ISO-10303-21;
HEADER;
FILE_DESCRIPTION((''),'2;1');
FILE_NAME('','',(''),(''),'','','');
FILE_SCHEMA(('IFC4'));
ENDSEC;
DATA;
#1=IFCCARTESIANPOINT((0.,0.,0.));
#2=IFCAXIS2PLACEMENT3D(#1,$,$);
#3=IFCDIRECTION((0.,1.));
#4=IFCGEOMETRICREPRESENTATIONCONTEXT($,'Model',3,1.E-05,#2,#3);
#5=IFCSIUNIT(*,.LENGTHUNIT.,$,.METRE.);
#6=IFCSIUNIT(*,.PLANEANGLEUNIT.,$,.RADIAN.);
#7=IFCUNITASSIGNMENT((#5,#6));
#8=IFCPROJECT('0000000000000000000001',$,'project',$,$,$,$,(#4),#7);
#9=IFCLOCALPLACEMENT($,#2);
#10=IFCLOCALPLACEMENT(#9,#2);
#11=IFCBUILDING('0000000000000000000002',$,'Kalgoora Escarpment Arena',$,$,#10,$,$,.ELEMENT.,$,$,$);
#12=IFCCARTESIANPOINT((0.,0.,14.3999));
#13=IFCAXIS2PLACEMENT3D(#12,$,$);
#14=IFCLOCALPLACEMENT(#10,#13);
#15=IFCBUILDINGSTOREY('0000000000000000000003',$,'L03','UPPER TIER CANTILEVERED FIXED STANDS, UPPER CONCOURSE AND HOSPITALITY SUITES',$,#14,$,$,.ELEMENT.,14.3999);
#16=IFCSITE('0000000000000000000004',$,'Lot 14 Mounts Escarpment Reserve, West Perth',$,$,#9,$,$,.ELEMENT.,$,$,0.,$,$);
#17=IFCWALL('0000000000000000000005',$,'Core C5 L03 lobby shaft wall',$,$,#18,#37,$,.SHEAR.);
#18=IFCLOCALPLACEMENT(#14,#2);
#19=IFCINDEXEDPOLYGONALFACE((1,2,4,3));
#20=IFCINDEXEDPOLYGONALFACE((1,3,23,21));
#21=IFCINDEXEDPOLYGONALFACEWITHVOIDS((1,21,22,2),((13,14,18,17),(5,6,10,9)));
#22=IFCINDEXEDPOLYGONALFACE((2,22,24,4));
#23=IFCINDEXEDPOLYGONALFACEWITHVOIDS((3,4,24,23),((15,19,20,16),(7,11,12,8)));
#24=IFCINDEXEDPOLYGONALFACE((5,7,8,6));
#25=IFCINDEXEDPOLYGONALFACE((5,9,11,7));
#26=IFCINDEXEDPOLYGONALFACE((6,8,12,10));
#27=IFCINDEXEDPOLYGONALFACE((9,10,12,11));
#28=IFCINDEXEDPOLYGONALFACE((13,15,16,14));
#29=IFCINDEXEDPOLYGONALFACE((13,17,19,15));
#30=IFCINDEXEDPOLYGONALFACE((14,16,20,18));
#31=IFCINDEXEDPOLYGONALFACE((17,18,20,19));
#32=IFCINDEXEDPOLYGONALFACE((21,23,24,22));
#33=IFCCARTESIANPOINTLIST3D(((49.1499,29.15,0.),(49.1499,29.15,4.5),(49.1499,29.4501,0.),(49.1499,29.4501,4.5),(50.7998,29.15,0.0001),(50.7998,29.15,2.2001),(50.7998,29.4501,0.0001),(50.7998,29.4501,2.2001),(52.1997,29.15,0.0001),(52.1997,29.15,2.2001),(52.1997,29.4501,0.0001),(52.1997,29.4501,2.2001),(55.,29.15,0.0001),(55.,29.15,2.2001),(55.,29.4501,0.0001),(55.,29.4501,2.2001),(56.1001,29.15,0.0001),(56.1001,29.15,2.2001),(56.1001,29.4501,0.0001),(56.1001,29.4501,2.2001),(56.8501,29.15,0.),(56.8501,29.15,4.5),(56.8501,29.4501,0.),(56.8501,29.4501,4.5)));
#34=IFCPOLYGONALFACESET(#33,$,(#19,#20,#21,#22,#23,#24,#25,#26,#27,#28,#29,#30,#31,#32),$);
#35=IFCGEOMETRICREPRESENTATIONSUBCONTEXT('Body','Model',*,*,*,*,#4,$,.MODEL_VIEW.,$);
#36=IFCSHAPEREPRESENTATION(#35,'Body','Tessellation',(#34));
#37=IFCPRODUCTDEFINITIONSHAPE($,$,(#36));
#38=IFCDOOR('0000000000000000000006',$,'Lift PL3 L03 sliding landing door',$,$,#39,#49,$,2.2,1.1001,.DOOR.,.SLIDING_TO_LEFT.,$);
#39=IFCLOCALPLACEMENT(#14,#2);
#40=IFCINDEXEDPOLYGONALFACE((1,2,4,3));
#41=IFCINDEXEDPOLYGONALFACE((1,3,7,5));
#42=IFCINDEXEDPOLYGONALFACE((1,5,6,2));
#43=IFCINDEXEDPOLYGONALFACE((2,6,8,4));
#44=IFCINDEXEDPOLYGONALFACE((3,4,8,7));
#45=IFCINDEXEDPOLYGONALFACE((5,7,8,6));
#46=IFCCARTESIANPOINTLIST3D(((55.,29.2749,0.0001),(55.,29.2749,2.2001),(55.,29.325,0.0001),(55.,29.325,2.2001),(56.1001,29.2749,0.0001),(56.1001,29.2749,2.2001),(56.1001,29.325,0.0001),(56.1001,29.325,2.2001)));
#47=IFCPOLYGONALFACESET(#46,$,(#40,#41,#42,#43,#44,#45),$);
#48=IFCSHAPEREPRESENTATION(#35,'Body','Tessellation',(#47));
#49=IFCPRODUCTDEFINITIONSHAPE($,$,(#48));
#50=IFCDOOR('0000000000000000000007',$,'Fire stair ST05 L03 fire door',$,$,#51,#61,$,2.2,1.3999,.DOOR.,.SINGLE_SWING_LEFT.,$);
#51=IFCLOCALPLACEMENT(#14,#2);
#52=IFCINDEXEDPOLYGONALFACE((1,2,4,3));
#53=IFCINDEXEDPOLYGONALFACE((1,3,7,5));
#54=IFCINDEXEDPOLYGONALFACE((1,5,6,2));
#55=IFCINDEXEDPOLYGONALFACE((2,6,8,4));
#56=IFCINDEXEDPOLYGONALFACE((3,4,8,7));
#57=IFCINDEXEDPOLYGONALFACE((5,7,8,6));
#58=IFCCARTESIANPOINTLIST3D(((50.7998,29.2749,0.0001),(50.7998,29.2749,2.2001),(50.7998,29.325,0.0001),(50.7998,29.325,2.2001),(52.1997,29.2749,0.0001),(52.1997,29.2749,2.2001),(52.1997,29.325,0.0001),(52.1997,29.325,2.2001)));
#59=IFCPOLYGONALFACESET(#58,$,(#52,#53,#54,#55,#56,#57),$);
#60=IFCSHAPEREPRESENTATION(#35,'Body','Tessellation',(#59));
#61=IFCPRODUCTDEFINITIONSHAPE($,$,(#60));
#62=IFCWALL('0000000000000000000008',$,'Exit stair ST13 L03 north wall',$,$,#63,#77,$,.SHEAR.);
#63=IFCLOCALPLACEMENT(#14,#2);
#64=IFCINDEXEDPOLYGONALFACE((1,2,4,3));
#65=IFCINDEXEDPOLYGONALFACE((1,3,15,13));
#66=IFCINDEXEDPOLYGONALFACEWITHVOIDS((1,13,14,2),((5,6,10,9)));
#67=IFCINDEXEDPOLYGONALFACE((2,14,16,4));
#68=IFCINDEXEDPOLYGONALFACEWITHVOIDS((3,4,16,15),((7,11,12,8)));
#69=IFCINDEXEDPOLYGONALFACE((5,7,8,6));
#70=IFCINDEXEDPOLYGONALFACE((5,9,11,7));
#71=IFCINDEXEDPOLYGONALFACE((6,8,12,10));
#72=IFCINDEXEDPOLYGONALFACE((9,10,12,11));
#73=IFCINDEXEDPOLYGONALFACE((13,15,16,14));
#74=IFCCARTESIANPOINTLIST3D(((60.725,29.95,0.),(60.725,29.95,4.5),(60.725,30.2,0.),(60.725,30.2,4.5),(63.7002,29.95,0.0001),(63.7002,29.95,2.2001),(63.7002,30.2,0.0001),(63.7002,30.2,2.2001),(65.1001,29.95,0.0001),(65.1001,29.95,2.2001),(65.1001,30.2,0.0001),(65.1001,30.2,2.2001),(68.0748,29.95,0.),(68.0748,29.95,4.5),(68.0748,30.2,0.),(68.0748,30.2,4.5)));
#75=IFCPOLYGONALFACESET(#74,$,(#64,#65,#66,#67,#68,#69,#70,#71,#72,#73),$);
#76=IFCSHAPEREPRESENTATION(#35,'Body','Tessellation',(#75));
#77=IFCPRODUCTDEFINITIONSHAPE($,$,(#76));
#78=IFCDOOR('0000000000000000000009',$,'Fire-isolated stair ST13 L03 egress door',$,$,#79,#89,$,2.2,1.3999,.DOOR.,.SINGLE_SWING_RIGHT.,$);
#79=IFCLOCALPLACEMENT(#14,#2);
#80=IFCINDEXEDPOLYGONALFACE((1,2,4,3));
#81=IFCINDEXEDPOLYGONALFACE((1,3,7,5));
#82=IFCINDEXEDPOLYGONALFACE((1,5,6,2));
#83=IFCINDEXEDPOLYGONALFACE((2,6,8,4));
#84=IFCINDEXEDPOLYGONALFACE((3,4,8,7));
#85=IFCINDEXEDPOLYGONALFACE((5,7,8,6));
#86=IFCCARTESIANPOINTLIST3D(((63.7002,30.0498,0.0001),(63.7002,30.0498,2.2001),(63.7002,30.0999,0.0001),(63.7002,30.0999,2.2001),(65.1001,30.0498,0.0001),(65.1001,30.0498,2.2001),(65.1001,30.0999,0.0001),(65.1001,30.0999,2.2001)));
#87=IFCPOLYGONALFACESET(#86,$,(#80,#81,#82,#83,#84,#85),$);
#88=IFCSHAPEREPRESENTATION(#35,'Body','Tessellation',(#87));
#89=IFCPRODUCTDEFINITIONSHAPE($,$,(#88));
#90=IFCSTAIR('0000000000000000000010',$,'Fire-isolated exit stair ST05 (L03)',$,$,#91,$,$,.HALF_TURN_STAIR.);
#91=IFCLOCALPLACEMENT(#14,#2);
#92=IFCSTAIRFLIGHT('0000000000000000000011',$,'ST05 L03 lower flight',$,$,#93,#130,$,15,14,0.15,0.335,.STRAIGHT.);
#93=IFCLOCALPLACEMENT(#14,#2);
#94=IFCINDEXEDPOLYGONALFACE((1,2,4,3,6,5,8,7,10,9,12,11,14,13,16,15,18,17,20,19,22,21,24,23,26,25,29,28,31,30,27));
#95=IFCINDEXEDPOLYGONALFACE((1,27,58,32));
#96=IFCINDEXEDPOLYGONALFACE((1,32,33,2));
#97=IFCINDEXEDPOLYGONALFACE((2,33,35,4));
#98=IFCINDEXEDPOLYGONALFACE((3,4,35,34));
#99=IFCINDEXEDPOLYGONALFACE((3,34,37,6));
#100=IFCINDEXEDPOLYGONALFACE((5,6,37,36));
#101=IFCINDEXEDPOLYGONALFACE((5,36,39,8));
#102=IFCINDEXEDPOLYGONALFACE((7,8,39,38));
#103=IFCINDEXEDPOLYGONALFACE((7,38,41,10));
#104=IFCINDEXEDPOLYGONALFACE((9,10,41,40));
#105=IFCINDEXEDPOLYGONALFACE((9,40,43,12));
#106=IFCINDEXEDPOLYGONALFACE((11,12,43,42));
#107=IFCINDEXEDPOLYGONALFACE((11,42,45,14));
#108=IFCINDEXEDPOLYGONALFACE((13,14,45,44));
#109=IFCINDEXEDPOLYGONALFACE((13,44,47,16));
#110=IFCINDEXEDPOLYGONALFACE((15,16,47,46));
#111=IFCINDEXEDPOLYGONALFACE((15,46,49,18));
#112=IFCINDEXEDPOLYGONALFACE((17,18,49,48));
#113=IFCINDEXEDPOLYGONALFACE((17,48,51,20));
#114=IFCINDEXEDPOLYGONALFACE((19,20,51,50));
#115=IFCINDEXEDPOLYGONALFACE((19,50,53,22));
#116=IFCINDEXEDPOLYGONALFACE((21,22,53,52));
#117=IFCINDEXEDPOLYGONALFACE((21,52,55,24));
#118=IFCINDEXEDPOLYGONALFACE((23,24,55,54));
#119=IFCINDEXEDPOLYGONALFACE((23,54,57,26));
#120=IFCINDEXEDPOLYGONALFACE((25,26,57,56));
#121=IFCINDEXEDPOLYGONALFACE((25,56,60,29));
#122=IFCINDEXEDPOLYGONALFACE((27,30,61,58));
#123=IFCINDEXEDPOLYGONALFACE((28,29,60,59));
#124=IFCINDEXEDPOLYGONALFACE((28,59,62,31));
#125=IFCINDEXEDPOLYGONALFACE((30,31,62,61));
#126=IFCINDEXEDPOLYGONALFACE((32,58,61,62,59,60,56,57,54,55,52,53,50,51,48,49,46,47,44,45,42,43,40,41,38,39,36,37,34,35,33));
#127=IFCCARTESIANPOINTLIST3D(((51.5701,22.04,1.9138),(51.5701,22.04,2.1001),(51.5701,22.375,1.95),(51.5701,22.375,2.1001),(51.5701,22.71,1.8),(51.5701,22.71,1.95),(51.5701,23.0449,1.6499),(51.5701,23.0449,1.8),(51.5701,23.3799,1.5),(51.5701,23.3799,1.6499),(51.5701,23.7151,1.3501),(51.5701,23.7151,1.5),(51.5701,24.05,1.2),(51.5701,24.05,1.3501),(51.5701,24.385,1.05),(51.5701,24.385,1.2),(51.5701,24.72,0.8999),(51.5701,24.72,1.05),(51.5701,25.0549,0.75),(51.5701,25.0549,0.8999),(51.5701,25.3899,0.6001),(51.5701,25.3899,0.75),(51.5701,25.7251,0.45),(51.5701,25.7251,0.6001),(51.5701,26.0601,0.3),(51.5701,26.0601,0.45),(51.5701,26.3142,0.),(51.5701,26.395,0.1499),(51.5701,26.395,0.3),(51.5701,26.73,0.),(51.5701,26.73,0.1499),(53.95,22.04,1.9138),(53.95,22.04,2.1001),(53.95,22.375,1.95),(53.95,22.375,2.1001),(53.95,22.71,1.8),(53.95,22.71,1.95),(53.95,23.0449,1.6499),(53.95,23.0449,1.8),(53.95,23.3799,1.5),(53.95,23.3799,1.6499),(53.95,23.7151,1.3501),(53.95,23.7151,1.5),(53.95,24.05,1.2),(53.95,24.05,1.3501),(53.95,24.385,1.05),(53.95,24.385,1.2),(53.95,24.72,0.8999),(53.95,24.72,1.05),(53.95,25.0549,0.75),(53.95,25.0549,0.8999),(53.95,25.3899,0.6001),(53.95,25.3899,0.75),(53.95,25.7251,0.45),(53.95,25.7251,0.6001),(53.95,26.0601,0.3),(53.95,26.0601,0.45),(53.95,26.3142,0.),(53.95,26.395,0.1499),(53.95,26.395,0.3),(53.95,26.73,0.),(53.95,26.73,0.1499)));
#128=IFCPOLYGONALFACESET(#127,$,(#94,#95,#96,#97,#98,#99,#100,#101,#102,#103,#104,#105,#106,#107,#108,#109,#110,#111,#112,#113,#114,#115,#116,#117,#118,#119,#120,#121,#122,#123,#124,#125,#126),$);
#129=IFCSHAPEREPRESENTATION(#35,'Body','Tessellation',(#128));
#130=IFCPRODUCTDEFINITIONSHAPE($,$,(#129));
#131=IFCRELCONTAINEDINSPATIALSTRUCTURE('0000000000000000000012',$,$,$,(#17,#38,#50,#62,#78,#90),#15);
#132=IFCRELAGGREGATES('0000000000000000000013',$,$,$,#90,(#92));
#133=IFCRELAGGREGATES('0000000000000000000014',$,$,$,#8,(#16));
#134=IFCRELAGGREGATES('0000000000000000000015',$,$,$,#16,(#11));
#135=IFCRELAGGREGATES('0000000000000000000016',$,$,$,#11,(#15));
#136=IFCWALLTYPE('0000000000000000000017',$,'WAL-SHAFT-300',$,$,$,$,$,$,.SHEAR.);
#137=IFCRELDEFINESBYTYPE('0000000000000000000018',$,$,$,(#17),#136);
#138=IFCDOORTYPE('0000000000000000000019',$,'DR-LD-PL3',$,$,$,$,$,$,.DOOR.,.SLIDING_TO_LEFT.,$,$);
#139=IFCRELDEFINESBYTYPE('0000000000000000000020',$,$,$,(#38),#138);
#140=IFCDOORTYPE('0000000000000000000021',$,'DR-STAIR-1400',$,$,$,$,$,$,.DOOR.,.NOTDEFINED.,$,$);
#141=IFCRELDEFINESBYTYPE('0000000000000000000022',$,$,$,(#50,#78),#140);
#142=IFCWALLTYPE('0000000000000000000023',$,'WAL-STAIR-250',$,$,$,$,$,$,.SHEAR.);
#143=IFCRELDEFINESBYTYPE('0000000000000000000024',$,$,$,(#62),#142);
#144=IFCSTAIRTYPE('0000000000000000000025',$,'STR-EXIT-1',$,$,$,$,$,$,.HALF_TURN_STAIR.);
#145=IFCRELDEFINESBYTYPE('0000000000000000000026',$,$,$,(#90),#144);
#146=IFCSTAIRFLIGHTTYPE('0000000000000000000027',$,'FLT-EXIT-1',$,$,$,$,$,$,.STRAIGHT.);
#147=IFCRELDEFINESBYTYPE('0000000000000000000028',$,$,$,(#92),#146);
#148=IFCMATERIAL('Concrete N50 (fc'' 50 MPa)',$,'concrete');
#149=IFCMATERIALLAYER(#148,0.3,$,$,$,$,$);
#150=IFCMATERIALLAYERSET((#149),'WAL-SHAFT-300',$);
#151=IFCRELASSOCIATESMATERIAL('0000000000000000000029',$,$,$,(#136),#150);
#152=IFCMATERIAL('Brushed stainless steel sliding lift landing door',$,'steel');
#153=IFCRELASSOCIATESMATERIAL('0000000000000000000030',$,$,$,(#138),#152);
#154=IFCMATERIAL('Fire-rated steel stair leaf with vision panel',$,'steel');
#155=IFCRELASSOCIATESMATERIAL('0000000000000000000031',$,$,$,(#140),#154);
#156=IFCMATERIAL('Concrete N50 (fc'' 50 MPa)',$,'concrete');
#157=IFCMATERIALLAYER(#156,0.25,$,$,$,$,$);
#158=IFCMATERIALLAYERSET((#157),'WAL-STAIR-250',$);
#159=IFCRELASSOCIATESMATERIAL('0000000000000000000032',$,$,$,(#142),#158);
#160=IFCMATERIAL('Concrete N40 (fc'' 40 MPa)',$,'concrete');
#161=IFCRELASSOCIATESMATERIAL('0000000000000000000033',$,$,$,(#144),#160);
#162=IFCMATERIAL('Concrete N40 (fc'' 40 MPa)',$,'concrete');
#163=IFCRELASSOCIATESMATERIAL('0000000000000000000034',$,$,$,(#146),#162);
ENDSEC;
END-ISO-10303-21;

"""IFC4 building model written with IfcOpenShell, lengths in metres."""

from ifc_helpers import new_model, si_unit, direction, frame, frame_2d, origin, place, context, subcontext, project, spatial, polyline, rectangle, outline, extrude, material, layer, layer_set, type_object, element, fill, aggregate, save


model = new_model("IFC4")

# Units and contexts
model_context = context("Model", 3, precision=1e-05, world=origin(), true_north=direction((0.0, 1.0)))
body_context = subcontext(model_context, "Body", "Model", "MODEL_VIEW")
ifc_project = project(units=[si_unit("LENGTHUNIT", "METRE"), si_unit("PLANEANGLEUNIT", "RADIAN")], contexts=[model_context])

# Site, building, storey
site_placement = place(None, origin())
site = spatial("IfcSite", under=ifc_project, at=site_placement, Name="Lot 14 Mounts Escarpment Reserve, West Perth", CompositionType="ELEMENT", RefElevation=0.0)
building_placement = place(site_placement, origin())
building = spatial("IfcBuilding", under=site, at=building_placement, Name="Kalgoora Escarpment Arena", CompositionType="ELEMENT")
storey_placement = place(building_placement, frame((0.0, 0.0, 14.3999)))
storey = spatial("IfcBuildingStorey", under=building, at=storey_placement, Name="L03", Description="UPPER TIER CANTILEVERED FIXED STANDS, UPPER CONCOURSE AND HOSPITALITY SUITES", CompositionType="ELEMENT", Elevation=14.3999)

# Wall, openings, doors
ifc_material_1 = material(Name="Concrete N50 (fc' 50 MPa)", Category="concrete")
ifc_layer_1 = layer(ifc_material_1, 0.3)
ifc_layer_set_1 = layer_set([ifc_layer_1], Name="WAL-SHAFT-300")
wall_type_1 = type_object("IfcWallType", Name="WAL-SHAFT-300", PredefinedType="SHEAR", material=ifc_layer_set_1)
wall_1_placement = place(storey_placement, frame((49.1499, 29.3, 0.0), z_axis=(0.0, 0.0, 1.0), x_axis=(1.0, 0.0, 0.0)))
wall_1 = element("IfcWall", 1, at=wall_1_placement, inside=storey, type_object=wall_type_1, Name="Core C5 L03 lobby shaft wall", PredefinedType="SHEAR", context=body_context, shape_type="SweptSolid", body=[
    extrude(rectangle(XDim=7.7002, YDim=0.3, at=frame_2d((3.8501, 0.0))), origin(), (0.0, 0.0, 1.0), 4.5),
])
opening_1_placement = place(wall_1_placement, frame((1.6499, 0.0, 0.0)))
opening_1 = element("IfcOpeningElement", 2, at=opening_1_placement, cuts=wall_1, PredefinedType="OPENING", context=body_context, shape_type="SweptSolid", body=[
    extrude(rectangle(XDim=1.3999, YDim=2.2, at=frame_2d((0.7, 1.1001))), frame((0.0, 0.1599, 0.0), z_axis=(0.0, -1.0, 0.0), x_axis=(1.0, 0.0, 0.0)), (0.0, 0.0, 1.0), 0.3201),
])
opening_2_placement = place(wall_1_placement, frame((5.8501, 0.0, 0.0)))
opening_2 = element("IfcOpeningElement", 3, at=opening_2_placement, cuts=wall_1, PredefinedType="OPENING", context=body_context, shape_type="SweptSolid", body=[
    extrude(rectangle(XDim=1.1001, YDim=2.2, at=frame_2d((0.55, 1.1001))), frame((0.0, 0.1599, 0.0), z_axis=(0.0, -1.0, 0.0), x_axis=(1.0, 0.0, 0.0)), (0.0, 0.0, 1.0), 0.3201),
])
ifc_material_2 = material(Name="Brushed stainless steel sliding lift landing door", Category="steel")
door_type_1 = type_object("IfcDoorType", Name="DR-LD-PL3", OperationType="SLIDING_TO_LEFT", PredefinedType="DOOR", material=ifc_material_2)
door_1_placement = place(opening_2_placement, origin())
door_1 = element("IfcDoor", 4, at=door_1_placement, inside=storey, type_object=door_type_1, Name="Lift PL3 L03 sliding landing door", OperationType="SLIDING_TO_LEFT", OverallHeight=2.2, OverallWidth=1.1001, PredefinedType="DOOR", context=body_context, shape_type="SweptSolid", body=[
    extrude(rectangle(XDim=1.1001, YDim=2.2, at=frame_2d((0.55, 1.1001))), frame((0.0, 0.0249, 0.0), z_axis=(0.0, -1.0, 0.0), x_axis=(1.0, 0.0, 0.0)), (0.0, 0.0, 1.0), 0.05),
])
fill(opening_2, door_1)
ifc_material_3 = material(Name="Fire-rated steel stair leaf with vision panel", Category="steel")
door_type_2 = type_object("IfcDoorType", Name="DR-STAIR-1400", OperationType="NOTDEFINED", PredefinedType="DOOR", material=ifc_material_3)
door_2_placement = place(opening_1_placement, origin())
door_2 = element("IfcDoor", 5, at=door_2_placement, inside=storey, type_object=door_type_2, Name="Fire stair ST05 L03 fire door", OperationType="SINGLE_SWING_LEFT", OverallHeight=2.2, OverallWidth=1.3999, PredefinedType="DOOR", context=body_context, shape_type="SweptSolid", body=[
    extrude(rectangle(XDim=1.3999, YDim=2.2, at=frame_2d((0.7, 1.1001))), frame((0.0, 0.0249, 0.0), z_axis=(0.0, -1.0, 0.0), x_axis=(1.0, 0.0, 0.0)), (0.0, 0.0, 1.0), 0.05),
])
fill(opening_1, door_2)

# Wall, opening, door
ifc_material_4 = material(Name="Concrete N50 (fc' 50 MPa)", Category="concrete")
ifc_layer_2 = layer(ifc_material_4, 0.25)
ifc_layer_set_2 = layer_set([ifc_layer_2], Name="WAL-STAIR-250")
wall_type_2 = type_object("IfcWallType", Name="WAL-STAIR-250", PredefinedType="SHEAR", material=ifc_layer_set_2)
wall_2_placement = place(storey_placement, frame((60.7251, 30.075, 0.0), z_axis=(0.0, 0.0, 1.0), x_axis=(1.0, 0.0, 0.0)))
wall_2 = element("IfcWall", 6, at=wall_2_placement, inside=storey, type_object=wall_type_2, Name="Exit stair ST13 L03 north wall", PredefinedType="SHEAR", context=body_context, shape_type="SweptSolid", body=[
    extrude(rectangle(XDim=7.3499, YDim=0.25, at=frame_2d((3.6748, 0.0))), origin(), (0.0, 0.0, 1.0), 4.5),
])
opening_3_placement = place(wall_2_placement, frame((2.9751, 0.0, 0.0)))
opening_3 = element("IfcOpeningElement", 7, at=opening_3_placement, cuts=wall_2, PredefinedType="OPENING", context=body_context, shape_type="SweptSolid", body=[
    extrude(rectangle(XDim=1.3999, YDim=2.2, at=frame_2d((0.7, 1.1001))), frame((0.0, 0.135, 0.0), z_axis=(0.0, -1.0, 0.0), x_axis=(1.0, 0.0, 0.0)), (0.0, 0.0, 1.0), 0.27),
])
door_3_placement = place(opening_3_placement, origin())
door_3 = element("IfcDoor", 8, at=door_3_placement, inside=storey, type_object=door_type_2, Name="Fire-isolated stair ST13 L03 egress door", OperationType="SINGLE_SWING_RIGHT", OverallHeight=2.2, OverallWidth=1.3999, PredefinedType="DOOR", context=body_context, shape_type="SweptSolid", body=[
    extrude(rectangle(XDim=1.3999, YDim=2.2, at=frame_2d((0.7, 1.1001))), frame((0.0, 0.0249, 0.0), z_axis=(0.0, -1.0, 0.0), x_axis=(1.0, 0.0, 0.0)), (0.0, 0.0, 1.0), 0.05),
])
fill(opening_3, door_3)

# Stair, stair flight
ifc_material_5 = material(Name="Concrete N40 (fc' 40 MPa)", Category="concrete")
stair_type = type_object("IfcStairType", Name="STR-EXIT-1", PredefinedType="HALF_TURN_STAIR", material=ifc_material_5)
stair_placement = place(storey_placement, origin())
stair = element("IfcStair", 9, at=stair_placement, inside=storey, type_object=stair_type, Name="Fire-isolated exit stair ST05 (L03)", PredefinedType="HALF_TURN_STAIR")
ifc_material_6 = material(Name="Concrete N40 (fc' 40 MPa)", Category="concrete")
stair_flight_type = type_object("IfcStairFlightType", Name="FLT-EXIT-1", PredefinedType="STRAIGHT", material=ifc_material_6)
stair_flight_placement = place(storey_placement, frame((52.76, 26.73, 0.0), z_axis=(0.0, 0.0, 1.0), x_axis=(0.0, -1.0, 0.0)))
stair_flight = element("IfcStairFlight", 10, at=stair_flight_placement, type_object=stair_flight_type, Name="ST05 L03 lower flight", NumberOfRisers=15, NumberOfTreads=14, PredefinedType="STRAIGHT", RiserHeight=0.15, TreadLength=0.335, context=body_context, shape_type="SweptSolid", body=[
    extrude(outline(polyline([(0.0, 0.0), (0.0, 0.1499), (0.335, 0.1499), (0.335, 0.3), (0.6699, 0.3), (0.6699, 0.45), (1.0049, 0.45), (1.0049, 0.6001), (1.3401, 0.6001), (1.3401, 0.75), (1.675, 0.75), (1.675, 0.8999), (2.01, 0.8999), (2.01, 1.05), (2.345, 1.05), (2.345, 1.2), (2.6799, 1.2), (2.6799, 1.3501), (3.0149, 1.3501), (3.0149, 1.5), (3.3501, 1.5), (3.3501, 1.6499), (3.6851, 1.6499), (3.6851, 1.8), (4.02, 1.8), (4.02, 1.95), (4.355, 1.95), (4.355, 2.1001), (4.6899, 2.1001), (4.6899, 2.25), (4.6899, 1.9138), (0.4158, 0.0), (0.0, 0.0)])), frame((0.0, 1.1899, 0.0), z_axis=(0.0, -1.0, 0.0), x_axis=(1.0, 0.0, 0.0)), (0.0, 0.0, 1.0), 2.3799),
])
aggregate(stair, [stair_flight])

save(model, "model.ifc")
